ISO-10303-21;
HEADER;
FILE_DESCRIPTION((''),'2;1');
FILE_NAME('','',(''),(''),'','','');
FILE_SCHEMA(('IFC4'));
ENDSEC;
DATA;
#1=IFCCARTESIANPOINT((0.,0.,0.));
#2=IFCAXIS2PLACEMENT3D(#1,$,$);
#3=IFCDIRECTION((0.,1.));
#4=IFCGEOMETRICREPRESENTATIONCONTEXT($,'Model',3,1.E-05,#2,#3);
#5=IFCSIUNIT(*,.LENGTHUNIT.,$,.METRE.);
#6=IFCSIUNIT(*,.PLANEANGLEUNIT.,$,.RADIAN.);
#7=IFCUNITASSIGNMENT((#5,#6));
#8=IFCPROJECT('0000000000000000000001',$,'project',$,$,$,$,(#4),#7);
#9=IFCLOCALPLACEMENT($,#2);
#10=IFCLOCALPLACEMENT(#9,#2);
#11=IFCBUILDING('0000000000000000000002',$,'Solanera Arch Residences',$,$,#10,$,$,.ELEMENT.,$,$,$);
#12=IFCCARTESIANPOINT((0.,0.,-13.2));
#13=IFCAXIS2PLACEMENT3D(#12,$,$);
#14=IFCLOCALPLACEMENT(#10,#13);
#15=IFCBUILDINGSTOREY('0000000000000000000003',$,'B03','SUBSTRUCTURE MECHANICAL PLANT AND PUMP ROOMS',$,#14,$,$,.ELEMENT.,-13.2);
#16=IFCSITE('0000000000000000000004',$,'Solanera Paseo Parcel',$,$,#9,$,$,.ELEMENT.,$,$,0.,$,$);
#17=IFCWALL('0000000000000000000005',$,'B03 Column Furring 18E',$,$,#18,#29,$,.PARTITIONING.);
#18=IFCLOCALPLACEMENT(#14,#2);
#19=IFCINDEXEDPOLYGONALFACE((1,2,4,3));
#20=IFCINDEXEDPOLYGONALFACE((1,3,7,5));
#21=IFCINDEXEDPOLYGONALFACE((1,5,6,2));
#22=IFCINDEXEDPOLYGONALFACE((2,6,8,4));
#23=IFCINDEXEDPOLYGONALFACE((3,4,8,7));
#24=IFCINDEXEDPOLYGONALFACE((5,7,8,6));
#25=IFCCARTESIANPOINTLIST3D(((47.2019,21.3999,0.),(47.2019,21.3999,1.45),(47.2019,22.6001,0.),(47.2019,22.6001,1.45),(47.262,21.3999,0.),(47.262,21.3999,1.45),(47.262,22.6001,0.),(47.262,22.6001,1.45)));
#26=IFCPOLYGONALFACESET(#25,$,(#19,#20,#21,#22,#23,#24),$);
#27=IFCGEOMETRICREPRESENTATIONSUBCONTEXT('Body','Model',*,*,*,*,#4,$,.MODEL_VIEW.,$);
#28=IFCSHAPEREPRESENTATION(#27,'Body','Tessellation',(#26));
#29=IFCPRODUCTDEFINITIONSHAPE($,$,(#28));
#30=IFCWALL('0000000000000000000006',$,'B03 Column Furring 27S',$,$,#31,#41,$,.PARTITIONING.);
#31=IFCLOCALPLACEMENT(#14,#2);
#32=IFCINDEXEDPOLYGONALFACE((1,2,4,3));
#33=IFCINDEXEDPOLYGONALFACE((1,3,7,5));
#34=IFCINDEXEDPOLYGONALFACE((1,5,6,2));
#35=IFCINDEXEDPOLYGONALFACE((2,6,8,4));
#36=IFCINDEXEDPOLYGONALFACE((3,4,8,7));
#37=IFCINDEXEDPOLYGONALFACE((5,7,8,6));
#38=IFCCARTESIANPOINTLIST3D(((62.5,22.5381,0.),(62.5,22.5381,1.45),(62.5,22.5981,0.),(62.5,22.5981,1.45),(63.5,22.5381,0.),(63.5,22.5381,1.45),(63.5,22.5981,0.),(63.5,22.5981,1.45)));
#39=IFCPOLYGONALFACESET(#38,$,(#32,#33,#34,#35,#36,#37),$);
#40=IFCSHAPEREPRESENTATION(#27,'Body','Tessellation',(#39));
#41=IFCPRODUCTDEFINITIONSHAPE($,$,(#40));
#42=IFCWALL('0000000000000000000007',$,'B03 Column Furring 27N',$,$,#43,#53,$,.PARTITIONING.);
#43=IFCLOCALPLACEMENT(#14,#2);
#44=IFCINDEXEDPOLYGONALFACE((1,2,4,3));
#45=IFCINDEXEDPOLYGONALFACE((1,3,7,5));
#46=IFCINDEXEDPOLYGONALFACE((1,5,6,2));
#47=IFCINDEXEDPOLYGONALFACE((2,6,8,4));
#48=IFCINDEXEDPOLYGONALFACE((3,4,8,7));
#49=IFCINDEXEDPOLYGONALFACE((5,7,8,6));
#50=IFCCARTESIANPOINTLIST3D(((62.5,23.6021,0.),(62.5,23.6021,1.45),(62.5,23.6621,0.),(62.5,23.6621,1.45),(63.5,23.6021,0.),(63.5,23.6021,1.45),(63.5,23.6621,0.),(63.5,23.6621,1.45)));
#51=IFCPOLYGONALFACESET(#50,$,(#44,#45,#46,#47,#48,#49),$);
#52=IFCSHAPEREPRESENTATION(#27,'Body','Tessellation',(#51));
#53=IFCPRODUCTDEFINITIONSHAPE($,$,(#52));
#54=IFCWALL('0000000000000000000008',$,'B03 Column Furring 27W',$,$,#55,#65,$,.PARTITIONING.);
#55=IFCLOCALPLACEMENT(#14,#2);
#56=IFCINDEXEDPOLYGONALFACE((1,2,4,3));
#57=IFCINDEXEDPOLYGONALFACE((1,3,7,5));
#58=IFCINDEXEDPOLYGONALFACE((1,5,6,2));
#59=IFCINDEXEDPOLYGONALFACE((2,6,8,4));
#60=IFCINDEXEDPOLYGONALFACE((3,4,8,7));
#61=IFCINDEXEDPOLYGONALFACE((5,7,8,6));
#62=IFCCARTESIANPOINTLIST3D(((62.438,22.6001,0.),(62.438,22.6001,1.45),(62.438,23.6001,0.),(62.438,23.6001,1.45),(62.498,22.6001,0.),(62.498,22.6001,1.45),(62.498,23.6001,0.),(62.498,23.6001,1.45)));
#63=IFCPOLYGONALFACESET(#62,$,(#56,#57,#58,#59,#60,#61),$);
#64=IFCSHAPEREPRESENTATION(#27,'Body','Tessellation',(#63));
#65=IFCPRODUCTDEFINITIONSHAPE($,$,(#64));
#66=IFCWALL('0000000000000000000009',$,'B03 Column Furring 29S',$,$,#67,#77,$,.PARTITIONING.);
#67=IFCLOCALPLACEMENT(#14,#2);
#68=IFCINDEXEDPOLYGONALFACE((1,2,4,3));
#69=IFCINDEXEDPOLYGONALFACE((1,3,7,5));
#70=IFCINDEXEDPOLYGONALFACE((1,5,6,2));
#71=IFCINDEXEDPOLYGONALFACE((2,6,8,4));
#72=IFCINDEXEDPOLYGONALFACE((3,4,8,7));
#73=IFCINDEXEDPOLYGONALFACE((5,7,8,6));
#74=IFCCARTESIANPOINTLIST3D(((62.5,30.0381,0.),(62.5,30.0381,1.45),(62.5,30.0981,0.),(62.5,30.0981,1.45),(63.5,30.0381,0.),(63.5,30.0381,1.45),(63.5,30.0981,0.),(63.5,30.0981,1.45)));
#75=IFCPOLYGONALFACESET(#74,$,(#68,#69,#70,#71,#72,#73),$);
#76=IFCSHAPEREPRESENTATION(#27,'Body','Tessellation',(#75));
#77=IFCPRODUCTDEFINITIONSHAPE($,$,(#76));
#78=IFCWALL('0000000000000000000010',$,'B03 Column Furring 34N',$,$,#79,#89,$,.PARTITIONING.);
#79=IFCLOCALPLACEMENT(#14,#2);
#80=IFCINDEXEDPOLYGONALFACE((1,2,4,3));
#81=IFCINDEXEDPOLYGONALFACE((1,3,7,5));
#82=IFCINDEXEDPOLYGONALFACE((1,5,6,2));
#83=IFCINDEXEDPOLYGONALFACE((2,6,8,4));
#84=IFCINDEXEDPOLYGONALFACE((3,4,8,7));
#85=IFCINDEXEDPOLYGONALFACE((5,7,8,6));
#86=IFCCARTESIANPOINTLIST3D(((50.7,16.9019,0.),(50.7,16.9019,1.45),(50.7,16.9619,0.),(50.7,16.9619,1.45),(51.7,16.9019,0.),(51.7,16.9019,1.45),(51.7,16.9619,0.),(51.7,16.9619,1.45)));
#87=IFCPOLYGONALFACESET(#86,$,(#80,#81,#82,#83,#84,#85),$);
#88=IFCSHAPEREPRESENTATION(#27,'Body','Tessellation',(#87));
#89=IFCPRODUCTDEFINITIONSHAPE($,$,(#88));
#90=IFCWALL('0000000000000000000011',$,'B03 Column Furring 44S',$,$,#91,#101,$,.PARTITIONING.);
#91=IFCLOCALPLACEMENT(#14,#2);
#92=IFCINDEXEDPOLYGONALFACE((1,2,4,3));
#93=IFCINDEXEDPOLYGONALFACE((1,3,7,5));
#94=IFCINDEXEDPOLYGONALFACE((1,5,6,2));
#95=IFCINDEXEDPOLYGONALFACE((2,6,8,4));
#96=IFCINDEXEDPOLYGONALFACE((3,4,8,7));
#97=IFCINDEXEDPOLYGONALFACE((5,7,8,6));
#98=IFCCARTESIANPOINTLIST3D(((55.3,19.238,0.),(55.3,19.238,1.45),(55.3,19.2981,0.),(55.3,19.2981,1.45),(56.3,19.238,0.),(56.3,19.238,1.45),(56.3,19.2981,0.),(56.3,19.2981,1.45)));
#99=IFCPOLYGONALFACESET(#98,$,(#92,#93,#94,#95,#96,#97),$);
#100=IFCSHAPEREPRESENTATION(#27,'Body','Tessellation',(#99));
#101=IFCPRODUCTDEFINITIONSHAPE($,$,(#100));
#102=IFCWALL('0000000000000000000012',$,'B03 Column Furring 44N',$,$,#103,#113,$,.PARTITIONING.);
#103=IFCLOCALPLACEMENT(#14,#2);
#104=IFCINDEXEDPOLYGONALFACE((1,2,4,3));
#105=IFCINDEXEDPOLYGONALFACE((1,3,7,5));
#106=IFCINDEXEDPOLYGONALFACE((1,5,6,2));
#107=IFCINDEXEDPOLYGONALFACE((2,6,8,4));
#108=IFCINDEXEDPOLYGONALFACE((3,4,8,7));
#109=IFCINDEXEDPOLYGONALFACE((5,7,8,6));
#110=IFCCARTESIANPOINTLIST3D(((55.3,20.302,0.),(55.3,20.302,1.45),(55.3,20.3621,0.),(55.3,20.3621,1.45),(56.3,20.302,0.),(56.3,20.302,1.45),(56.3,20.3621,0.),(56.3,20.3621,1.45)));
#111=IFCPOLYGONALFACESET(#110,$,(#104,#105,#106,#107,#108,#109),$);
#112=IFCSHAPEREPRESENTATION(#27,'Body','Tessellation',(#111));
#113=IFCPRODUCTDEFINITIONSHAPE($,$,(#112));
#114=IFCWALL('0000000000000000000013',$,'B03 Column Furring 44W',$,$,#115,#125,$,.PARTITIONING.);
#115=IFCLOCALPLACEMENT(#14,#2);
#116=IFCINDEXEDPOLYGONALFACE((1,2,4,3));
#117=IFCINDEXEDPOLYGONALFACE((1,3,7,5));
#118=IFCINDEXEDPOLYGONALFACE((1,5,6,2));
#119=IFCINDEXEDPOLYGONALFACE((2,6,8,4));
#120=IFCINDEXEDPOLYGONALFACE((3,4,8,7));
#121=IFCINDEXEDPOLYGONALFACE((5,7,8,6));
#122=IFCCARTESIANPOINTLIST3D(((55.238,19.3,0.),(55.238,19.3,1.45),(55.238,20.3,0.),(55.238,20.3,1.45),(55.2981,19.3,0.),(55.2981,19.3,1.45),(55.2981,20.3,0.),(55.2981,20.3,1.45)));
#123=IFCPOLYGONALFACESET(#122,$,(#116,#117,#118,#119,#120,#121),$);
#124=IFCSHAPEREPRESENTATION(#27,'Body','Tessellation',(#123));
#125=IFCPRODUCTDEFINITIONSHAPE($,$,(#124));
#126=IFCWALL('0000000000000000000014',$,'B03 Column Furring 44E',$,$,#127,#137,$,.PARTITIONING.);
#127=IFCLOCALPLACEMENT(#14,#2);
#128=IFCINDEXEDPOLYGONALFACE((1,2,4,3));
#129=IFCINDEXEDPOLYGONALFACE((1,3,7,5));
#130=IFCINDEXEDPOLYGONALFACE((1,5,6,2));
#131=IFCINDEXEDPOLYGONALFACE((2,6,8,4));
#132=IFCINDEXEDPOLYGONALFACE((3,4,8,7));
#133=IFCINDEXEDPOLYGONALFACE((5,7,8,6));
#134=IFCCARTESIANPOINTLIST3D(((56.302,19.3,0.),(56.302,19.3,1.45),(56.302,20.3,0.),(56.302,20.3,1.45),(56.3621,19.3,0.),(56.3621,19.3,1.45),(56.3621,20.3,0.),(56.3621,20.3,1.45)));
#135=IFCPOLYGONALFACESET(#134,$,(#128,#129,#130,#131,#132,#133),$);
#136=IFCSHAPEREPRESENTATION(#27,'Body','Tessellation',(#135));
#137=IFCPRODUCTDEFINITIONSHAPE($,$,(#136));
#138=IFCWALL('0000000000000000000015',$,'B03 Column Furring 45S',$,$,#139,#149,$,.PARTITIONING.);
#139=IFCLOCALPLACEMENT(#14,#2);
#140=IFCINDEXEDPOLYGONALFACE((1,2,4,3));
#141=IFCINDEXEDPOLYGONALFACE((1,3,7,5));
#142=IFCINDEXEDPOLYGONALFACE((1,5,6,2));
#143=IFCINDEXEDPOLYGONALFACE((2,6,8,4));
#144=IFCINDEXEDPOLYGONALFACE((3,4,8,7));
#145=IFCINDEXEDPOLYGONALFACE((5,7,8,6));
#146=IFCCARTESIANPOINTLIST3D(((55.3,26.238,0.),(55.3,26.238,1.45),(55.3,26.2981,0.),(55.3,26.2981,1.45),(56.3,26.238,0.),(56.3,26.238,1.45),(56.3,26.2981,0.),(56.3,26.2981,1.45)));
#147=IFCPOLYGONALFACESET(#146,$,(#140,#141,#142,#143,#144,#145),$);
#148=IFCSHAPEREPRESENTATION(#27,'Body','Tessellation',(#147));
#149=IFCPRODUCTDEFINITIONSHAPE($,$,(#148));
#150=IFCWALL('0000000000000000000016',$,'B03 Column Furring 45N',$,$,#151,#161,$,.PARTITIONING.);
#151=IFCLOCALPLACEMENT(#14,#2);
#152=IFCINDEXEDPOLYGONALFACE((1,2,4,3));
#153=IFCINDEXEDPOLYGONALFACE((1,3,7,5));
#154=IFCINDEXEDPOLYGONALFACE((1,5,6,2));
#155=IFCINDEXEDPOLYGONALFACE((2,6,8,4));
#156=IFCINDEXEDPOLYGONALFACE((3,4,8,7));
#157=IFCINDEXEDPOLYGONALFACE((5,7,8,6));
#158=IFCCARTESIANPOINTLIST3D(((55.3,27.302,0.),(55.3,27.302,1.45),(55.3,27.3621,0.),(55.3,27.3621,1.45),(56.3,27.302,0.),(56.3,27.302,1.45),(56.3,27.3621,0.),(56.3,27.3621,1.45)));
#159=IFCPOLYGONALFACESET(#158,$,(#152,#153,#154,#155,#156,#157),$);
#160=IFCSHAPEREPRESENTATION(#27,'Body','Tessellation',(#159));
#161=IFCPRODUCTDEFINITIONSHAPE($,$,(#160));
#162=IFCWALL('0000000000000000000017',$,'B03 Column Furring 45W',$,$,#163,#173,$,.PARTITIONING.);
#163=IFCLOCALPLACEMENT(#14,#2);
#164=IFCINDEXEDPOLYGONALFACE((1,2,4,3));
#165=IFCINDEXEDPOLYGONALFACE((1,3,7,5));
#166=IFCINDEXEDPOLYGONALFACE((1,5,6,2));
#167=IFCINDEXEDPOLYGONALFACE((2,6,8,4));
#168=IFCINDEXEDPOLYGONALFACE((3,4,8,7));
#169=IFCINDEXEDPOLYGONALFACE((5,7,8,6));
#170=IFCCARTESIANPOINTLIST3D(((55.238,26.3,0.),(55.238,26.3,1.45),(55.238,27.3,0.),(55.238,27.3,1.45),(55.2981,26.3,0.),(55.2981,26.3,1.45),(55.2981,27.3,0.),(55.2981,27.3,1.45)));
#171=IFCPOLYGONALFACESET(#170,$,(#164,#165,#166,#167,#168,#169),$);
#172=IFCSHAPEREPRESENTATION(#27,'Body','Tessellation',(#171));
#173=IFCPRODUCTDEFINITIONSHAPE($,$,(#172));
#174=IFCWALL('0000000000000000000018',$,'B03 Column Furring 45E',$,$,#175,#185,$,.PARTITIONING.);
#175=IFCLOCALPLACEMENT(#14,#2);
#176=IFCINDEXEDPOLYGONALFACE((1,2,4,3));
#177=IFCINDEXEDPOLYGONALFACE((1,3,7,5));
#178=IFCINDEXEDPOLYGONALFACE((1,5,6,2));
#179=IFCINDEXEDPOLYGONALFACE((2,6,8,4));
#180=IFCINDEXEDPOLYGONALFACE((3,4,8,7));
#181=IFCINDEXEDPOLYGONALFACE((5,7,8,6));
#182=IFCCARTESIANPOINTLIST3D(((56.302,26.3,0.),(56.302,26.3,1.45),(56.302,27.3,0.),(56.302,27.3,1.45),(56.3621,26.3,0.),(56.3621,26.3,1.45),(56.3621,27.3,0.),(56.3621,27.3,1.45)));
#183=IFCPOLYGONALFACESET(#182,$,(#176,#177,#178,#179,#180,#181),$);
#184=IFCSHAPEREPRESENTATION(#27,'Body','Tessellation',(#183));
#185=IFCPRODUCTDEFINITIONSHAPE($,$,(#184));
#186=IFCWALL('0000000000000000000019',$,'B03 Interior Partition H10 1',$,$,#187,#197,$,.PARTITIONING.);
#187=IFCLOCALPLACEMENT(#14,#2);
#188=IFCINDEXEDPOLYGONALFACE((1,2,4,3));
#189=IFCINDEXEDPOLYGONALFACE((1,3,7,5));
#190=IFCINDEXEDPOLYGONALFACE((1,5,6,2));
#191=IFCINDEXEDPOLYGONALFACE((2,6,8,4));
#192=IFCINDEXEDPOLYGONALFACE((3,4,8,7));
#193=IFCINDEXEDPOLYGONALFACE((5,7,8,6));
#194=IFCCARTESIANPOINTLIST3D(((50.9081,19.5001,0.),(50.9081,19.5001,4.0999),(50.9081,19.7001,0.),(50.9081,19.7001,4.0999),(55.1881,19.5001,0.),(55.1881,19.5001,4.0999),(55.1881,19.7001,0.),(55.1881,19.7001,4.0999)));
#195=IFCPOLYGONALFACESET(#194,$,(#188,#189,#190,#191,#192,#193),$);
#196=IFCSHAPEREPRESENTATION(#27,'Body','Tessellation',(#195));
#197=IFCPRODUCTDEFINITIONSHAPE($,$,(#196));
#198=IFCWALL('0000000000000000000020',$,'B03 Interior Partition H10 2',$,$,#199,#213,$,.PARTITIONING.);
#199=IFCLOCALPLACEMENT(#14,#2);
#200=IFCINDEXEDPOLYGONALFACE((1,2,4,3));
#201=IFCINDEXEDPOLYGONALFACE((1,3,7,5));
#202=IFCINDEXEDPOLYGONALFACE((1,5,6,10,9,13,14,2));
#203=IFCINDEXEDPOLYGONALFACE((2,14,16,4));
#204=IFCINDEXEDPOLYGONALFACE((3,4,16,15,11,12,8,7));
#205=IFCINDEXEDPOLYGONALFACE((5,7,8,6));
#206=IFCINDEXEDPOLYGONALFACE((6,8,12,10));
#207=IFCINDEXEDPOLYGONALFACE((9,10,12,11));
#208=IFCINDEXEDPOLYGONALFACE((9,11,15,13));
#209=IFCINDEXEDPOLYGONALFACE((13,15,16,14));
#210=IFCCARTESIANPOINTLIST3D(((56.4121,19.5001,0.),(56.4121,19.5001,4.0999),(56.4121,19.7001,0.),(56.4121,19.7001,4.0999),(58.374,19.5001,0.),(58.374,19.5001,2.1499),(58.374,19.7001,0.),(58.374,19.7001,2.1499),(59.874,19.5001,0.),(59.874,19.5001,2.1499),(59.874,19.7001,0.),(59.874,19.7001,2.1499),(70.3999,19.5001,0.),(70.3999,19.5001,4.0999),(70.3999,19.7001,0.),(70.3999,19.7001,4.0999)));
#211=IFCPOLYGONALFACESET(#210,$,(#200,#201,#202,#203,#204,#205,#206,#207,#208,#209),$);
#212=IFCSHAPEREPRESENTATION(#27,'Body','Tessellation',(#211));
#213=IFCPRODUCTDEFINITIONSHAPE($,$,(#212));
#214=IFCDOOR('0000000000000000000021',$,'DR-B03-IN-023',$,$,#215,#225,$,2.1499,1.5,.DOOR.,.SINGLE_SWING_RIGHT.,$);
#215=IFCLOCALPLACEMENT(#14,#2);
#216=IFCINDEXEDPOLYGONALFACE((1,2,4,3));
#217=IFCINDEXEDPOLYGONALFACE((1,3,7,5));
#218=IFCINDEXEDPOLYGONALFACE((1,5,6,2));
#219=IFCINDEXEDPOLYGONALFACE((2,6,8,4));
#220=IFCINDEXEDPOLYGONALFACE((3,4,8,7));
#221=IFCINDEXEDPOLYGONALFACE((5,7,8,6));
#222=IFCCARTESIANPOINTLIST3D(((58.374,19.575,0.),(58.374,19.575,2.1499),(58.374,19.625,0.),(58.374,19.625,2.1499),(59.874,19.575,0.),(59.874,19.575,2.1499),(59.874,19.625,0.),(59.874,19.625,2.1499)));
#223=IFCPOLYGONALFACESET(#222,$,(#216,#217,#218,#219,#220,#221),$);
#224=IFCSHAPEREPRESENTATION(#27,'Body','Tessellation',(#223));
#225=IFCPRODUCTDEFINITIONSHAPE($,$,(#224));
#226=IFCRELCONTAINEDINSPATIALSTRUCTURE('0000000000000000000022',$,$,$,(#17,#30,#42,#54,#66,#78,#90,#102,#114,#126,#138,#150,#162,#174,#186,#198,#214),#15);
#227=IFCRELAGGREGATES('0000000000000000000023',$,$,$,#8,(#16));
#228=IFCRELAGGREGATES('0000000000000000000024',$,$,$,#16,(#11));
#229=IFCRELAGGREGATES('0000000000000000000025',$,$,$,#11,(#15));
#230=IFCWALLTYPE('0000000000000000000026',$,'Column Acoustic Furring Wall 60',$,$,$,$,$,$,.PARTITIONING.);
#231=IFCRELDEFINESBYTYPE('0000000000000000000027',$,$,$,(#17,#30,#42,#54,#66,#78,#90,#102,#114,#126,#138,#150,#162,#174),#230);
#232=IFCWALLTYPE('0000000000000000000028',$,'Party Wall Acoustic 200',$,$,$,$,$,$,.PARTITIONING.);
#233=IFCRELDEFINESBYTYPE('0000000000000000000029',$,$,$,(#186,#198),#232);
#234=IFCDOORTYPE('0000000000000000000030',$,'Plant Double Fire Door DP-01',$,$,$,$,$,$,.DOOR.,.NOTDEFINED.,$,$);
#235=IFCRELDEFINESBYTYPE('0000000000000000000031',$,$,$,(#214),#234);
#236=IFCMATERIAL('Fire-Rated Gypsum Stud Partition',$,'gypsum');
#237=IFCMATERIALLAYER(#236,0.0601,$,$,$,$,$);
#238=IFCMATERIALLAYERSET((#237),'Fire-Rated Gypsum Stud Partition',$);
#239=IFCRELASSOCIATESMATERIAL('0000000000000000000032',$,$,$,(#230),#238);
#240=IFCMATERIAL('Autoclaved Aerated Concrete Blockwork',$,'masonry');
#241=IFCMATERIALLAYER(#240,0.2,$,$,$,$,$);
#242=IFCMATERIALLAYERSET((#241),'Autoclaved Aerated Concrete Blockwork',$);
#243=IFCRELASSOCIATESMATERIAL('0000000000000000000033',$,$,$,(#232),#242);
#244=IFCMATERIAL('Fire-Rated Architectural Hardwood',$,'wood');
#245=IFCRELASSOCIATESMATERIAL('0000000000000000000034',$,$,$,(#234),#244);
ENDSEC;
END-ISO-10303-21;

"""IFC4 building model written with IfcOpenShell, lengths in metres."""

from ifc_helpers import new_model, si_unit, direction, frame, frame_2d, origin, place, context, subcontext, project, spatial, rectangle, extrude, material, layer, layer_set, type_object, element, fill, save


model = new_model("IFC4")

# Units and contexts
model_context = context("Model", 3, precision=1e-05, world=origin(), true_north=direction((0.0, 1.0)))
body_context = subcontext(model_context, "Body", "Model", "MODEL_VIEW")
ifc_project = project(units=[si_unit("LENGTHUNIT", "METRE"), si_unit("PLANEANGLEUNIT", "RADIAN")], contexts=[model_context])

# Site, building, storey
site_placement = place(None, origin())
site = spatial("IfcSite", under=ifc_project, at=site_placement, Name="Solanera Paseo Parcel", CompositionType="ELEMENT", RefElevation=0.0)
building_placement = place(site_placement, origin())
building = spatial("IfcBuilding", under=site, at=building_placement, Name="Solanera Arch Residences", CompositionType="ELEMENT")
storey_placement = place(building_placement, frame((0.0, 0.0, -13.2)))
storey = spatial("IfcBuildingStorey", under=building, at=storey_placement, Name="B03", Description="SUBSTRUCTURE MECHANICAL PLANT AND PUMP ROOMS", CompositionType="ELEMENT", Elevation=-13.2)

# Walls
ifc_material_1 = material(Name="Fire-Rated Gypsum Stud Partition", Category="gypsum")
ifc_layer_1 = layer(ifc_material_1, 0.0601)
ifc_layer_set_1 = layer_set([ifc_layer_1], Name="Fire-Rated Gypsum Stud Partition")
wall_type_1 = type_object("IfcWallType", Name="Column Acoustic Furring Wall 60", PredefinedType="PARTITIONING", material=ifc_layer_set_1)
wall_1_placement = place(storey_placement, frame((47.2319, 21.3999, 0.0), z_axis=(0.0, 0.0, 1.0), x_axis=(0.0, 1.0, 0.0)))
element("IfcWall", 1, at=wall_1_placement, inside=storey, type_object=wall_type_1, Name="B03 Column Furring 18E", PredefinedType="PARTITIONING", context=body_context, shape_type="SweptSolid", body=[
    extrude(rectangle(XDim=1.2002, YDim=0.0601, at=frame_2d((0.6001, 0.0))), origin(), (0.0, 0.0, 1.0), 1.45),
])
for number, where, z_axis, x_axis, name in (
    (2, (62.5, 22.5681, 0.0), (0.0, 0.0, 1.0), (1.0, 0.0, 0.0), "B03 Column Furring 27S"),
    (3, (62.5, 23.6321, 0.0), (0.0, 0.0, 1.0), (1.0, 0.0, 0.0), "B03 Column Furring 27N"),
    (4, (62.468, 22.6001, 0.0), (0.0, 0.0, 1.0), (0.0, 1.0, 0.0), "B03 Column Furring 27W"),
    (5, (62.5, 30.0681, 0.0), (0.0, 0.0, 1.0), (1.0, 0.0, 0.0), "B03 Column Furring 29S"),
    (6, (50.7, 16.9319, 0.0), (0.0, 0.0, 1.0), (1.0, 0.0, 0.0), "B03 Column Furring 34N"),
    (7, (55.3, 19.2681, 0.0), (0.0, 0.0, 1.0), (1.0, 0.0, 0.0), "B03 Column Furring 44S"),
    (8, (55.3, 20.332, 0.0), (0.0, 0.0, 1.0), (1.0, 0.0, 0.0), "B03 Column Furring 44N"),
    (9, (55.2681, 19.3, 0.0), (0.0, 0.0, 1.0), (0.0, 1.0, 0.0), "B03 Column Furring 44W"),
    (10, (56.332, 19.3, 0.0), (0.0, 0.0, 1.0), (0.0, 1.0, 0.0), "B03 Column Furring 44E"),
    (11, (55.3, 26.2681, 0.0), (0.0, 0.0, 1.0), (1.0, 0.0, 0.0), "B03 Column Furring 45S"),
    (12, (55.3, 27.332, 0.0), (0.0, 0.0, 1.0), (1.0, 0.0, 0.0), "B03 Column Furring 45N"),
    (13, (55.2681, 26.3, 0.0), (0.0, 0.0, 1.0), (0.0, 1.0, 0.0), "B03 Column Furring 45W"),
    (14, (56.332, 26.3, 0.0), (0.0, 0.0, 1.0), (0.0, 1.0, 0.0), "B03 Column Furring 45E"),
):
    element("IfcWall", number, at=place(storey_placement, frame(where, z_axis=z_axis, x_axis=x_axis)), inside=storey, type_object=wall_type_1, Name=name, PredefinedType="PARTITIONING", context=body_context, shape_type="SweptSolid", body=[
        extrude(rectangle(XDim=1.0, YDim=0.0601, at=frame_2d((0.5, 0.0))), origin(), (0.0, 0.0, 1.0), 1.45),
    ])
ifc_material_2 = material(Name="Autoclaved Aerated Concrete Blockwork", Category="masonry")
ifc_layer_2 = layer(ifc_material_2, 0.2)
ifc_layer_set_2 = layer_set([ifc_layer_2], Name="Autoclaved Aerated Concrete Blockwork")
wall_type_2 = type_object("IfcWallType", Name="Party Wall Acoustic 200", PredefinedType="PARTITIONING", material=ifc_layer_set_2)
wall_2_placement = place(storey_placement, frame((50.908, 19.6001, 0.0), z_axis=(0.0, 0.0, 1.0), x_axis=(1.0, 0.0, 0.0)))
element("IfcWall", 15, at=wall_2_placement, inside=storey, type_object=wall_type_2, Name="B03 Interior Partition H10 1", PredefinedType="PARTITIONING", context=body_context, shape_type="SweptSolid", body=[
    extrude(rectangle(XDim=4.28, YDim=0.2, at=frame_2d((2.1401, 0.0))), origin(), (0.0, 0.0, 1.0), 4.0999),
])

# Wall, opening, door
wall_3_placement = place(storey_placement, frame((56.4121, 19.6001, 0.0), z_axis=(0.0, 0.0, 1.0), x_axis=(1.0, 0.0, 0.0)))
wall_3 = element("IfcWall", 16, at=wall_3_placement, inside=storey, type_object=wall_type_2, Name="B03 Interior Partition H10 2", PredefinedType="PARTITIONING", context=body_context, shape_type="SweptSolid", body=[
    extrude(rectangle(XDim=13.9878, YDim=0.2, at=frame_2d((6.9939, 0.0))), origin(), (0.0, 0.0, 1.0), 4.0999),
])
opening_1_placement = place(wall_3_placement, frame((1.9619, 0.0, 0.0)))
opening_1 = element("IfcOpeningElement", 17, at=opening_1_placement, cuts=wall_3, PredefinedType="OPENING", context=body_context, shape_type="SweptSolid", body=[
    extrude(rectangle(XDim=1.5, YDim=2.1499, at=frame_2d((0.75, 1.075))), frame((0.0, 0.1101, 0.0), z_axis=(0.0, -1.0, 0.0), x_axis=(1.0, 0.0, 0.0)), (0.0, 0.0, 1.0), 0.22),
])
ifc_material_3 = material(Name="Fire-Rated Architectural Hardwood", Category="wood")
door_type_1 = type_object("IfcDoorType", Name="Plant Double Fire Door DP-01", OperationType="NOTDEFINED", PredefinedType="DOOR", material=ifc_material_3)
door_1_placement = place(opening_1_placement, origin())
door_1 = element("IfcDoor", 18, at=door_1_placement, inside=storey, type_object=door_type_1, Name="DR-B03-IN-023", OperationType="SINGLE_SWING_RIGHT", OverallHeight=2.1499, OverallWidth=1.5, PredefinedType="DOOR", context=body_context, shape_type="SweptSolid", body=[
    extrude(rectangle(XDim=1.5, YDim=2.1499, at=frame_2d((0.75, 1.075))), frame((0.0, 0.0249, 0.0), z_axis=(0.0, -1.0, 0.0), x_axis=(1.0, 0.0, 0.0)), (0.0, 0.0, 1.0), 0.05),
])
fill(opening_1, door_1)

save(model, "model.ifc")
